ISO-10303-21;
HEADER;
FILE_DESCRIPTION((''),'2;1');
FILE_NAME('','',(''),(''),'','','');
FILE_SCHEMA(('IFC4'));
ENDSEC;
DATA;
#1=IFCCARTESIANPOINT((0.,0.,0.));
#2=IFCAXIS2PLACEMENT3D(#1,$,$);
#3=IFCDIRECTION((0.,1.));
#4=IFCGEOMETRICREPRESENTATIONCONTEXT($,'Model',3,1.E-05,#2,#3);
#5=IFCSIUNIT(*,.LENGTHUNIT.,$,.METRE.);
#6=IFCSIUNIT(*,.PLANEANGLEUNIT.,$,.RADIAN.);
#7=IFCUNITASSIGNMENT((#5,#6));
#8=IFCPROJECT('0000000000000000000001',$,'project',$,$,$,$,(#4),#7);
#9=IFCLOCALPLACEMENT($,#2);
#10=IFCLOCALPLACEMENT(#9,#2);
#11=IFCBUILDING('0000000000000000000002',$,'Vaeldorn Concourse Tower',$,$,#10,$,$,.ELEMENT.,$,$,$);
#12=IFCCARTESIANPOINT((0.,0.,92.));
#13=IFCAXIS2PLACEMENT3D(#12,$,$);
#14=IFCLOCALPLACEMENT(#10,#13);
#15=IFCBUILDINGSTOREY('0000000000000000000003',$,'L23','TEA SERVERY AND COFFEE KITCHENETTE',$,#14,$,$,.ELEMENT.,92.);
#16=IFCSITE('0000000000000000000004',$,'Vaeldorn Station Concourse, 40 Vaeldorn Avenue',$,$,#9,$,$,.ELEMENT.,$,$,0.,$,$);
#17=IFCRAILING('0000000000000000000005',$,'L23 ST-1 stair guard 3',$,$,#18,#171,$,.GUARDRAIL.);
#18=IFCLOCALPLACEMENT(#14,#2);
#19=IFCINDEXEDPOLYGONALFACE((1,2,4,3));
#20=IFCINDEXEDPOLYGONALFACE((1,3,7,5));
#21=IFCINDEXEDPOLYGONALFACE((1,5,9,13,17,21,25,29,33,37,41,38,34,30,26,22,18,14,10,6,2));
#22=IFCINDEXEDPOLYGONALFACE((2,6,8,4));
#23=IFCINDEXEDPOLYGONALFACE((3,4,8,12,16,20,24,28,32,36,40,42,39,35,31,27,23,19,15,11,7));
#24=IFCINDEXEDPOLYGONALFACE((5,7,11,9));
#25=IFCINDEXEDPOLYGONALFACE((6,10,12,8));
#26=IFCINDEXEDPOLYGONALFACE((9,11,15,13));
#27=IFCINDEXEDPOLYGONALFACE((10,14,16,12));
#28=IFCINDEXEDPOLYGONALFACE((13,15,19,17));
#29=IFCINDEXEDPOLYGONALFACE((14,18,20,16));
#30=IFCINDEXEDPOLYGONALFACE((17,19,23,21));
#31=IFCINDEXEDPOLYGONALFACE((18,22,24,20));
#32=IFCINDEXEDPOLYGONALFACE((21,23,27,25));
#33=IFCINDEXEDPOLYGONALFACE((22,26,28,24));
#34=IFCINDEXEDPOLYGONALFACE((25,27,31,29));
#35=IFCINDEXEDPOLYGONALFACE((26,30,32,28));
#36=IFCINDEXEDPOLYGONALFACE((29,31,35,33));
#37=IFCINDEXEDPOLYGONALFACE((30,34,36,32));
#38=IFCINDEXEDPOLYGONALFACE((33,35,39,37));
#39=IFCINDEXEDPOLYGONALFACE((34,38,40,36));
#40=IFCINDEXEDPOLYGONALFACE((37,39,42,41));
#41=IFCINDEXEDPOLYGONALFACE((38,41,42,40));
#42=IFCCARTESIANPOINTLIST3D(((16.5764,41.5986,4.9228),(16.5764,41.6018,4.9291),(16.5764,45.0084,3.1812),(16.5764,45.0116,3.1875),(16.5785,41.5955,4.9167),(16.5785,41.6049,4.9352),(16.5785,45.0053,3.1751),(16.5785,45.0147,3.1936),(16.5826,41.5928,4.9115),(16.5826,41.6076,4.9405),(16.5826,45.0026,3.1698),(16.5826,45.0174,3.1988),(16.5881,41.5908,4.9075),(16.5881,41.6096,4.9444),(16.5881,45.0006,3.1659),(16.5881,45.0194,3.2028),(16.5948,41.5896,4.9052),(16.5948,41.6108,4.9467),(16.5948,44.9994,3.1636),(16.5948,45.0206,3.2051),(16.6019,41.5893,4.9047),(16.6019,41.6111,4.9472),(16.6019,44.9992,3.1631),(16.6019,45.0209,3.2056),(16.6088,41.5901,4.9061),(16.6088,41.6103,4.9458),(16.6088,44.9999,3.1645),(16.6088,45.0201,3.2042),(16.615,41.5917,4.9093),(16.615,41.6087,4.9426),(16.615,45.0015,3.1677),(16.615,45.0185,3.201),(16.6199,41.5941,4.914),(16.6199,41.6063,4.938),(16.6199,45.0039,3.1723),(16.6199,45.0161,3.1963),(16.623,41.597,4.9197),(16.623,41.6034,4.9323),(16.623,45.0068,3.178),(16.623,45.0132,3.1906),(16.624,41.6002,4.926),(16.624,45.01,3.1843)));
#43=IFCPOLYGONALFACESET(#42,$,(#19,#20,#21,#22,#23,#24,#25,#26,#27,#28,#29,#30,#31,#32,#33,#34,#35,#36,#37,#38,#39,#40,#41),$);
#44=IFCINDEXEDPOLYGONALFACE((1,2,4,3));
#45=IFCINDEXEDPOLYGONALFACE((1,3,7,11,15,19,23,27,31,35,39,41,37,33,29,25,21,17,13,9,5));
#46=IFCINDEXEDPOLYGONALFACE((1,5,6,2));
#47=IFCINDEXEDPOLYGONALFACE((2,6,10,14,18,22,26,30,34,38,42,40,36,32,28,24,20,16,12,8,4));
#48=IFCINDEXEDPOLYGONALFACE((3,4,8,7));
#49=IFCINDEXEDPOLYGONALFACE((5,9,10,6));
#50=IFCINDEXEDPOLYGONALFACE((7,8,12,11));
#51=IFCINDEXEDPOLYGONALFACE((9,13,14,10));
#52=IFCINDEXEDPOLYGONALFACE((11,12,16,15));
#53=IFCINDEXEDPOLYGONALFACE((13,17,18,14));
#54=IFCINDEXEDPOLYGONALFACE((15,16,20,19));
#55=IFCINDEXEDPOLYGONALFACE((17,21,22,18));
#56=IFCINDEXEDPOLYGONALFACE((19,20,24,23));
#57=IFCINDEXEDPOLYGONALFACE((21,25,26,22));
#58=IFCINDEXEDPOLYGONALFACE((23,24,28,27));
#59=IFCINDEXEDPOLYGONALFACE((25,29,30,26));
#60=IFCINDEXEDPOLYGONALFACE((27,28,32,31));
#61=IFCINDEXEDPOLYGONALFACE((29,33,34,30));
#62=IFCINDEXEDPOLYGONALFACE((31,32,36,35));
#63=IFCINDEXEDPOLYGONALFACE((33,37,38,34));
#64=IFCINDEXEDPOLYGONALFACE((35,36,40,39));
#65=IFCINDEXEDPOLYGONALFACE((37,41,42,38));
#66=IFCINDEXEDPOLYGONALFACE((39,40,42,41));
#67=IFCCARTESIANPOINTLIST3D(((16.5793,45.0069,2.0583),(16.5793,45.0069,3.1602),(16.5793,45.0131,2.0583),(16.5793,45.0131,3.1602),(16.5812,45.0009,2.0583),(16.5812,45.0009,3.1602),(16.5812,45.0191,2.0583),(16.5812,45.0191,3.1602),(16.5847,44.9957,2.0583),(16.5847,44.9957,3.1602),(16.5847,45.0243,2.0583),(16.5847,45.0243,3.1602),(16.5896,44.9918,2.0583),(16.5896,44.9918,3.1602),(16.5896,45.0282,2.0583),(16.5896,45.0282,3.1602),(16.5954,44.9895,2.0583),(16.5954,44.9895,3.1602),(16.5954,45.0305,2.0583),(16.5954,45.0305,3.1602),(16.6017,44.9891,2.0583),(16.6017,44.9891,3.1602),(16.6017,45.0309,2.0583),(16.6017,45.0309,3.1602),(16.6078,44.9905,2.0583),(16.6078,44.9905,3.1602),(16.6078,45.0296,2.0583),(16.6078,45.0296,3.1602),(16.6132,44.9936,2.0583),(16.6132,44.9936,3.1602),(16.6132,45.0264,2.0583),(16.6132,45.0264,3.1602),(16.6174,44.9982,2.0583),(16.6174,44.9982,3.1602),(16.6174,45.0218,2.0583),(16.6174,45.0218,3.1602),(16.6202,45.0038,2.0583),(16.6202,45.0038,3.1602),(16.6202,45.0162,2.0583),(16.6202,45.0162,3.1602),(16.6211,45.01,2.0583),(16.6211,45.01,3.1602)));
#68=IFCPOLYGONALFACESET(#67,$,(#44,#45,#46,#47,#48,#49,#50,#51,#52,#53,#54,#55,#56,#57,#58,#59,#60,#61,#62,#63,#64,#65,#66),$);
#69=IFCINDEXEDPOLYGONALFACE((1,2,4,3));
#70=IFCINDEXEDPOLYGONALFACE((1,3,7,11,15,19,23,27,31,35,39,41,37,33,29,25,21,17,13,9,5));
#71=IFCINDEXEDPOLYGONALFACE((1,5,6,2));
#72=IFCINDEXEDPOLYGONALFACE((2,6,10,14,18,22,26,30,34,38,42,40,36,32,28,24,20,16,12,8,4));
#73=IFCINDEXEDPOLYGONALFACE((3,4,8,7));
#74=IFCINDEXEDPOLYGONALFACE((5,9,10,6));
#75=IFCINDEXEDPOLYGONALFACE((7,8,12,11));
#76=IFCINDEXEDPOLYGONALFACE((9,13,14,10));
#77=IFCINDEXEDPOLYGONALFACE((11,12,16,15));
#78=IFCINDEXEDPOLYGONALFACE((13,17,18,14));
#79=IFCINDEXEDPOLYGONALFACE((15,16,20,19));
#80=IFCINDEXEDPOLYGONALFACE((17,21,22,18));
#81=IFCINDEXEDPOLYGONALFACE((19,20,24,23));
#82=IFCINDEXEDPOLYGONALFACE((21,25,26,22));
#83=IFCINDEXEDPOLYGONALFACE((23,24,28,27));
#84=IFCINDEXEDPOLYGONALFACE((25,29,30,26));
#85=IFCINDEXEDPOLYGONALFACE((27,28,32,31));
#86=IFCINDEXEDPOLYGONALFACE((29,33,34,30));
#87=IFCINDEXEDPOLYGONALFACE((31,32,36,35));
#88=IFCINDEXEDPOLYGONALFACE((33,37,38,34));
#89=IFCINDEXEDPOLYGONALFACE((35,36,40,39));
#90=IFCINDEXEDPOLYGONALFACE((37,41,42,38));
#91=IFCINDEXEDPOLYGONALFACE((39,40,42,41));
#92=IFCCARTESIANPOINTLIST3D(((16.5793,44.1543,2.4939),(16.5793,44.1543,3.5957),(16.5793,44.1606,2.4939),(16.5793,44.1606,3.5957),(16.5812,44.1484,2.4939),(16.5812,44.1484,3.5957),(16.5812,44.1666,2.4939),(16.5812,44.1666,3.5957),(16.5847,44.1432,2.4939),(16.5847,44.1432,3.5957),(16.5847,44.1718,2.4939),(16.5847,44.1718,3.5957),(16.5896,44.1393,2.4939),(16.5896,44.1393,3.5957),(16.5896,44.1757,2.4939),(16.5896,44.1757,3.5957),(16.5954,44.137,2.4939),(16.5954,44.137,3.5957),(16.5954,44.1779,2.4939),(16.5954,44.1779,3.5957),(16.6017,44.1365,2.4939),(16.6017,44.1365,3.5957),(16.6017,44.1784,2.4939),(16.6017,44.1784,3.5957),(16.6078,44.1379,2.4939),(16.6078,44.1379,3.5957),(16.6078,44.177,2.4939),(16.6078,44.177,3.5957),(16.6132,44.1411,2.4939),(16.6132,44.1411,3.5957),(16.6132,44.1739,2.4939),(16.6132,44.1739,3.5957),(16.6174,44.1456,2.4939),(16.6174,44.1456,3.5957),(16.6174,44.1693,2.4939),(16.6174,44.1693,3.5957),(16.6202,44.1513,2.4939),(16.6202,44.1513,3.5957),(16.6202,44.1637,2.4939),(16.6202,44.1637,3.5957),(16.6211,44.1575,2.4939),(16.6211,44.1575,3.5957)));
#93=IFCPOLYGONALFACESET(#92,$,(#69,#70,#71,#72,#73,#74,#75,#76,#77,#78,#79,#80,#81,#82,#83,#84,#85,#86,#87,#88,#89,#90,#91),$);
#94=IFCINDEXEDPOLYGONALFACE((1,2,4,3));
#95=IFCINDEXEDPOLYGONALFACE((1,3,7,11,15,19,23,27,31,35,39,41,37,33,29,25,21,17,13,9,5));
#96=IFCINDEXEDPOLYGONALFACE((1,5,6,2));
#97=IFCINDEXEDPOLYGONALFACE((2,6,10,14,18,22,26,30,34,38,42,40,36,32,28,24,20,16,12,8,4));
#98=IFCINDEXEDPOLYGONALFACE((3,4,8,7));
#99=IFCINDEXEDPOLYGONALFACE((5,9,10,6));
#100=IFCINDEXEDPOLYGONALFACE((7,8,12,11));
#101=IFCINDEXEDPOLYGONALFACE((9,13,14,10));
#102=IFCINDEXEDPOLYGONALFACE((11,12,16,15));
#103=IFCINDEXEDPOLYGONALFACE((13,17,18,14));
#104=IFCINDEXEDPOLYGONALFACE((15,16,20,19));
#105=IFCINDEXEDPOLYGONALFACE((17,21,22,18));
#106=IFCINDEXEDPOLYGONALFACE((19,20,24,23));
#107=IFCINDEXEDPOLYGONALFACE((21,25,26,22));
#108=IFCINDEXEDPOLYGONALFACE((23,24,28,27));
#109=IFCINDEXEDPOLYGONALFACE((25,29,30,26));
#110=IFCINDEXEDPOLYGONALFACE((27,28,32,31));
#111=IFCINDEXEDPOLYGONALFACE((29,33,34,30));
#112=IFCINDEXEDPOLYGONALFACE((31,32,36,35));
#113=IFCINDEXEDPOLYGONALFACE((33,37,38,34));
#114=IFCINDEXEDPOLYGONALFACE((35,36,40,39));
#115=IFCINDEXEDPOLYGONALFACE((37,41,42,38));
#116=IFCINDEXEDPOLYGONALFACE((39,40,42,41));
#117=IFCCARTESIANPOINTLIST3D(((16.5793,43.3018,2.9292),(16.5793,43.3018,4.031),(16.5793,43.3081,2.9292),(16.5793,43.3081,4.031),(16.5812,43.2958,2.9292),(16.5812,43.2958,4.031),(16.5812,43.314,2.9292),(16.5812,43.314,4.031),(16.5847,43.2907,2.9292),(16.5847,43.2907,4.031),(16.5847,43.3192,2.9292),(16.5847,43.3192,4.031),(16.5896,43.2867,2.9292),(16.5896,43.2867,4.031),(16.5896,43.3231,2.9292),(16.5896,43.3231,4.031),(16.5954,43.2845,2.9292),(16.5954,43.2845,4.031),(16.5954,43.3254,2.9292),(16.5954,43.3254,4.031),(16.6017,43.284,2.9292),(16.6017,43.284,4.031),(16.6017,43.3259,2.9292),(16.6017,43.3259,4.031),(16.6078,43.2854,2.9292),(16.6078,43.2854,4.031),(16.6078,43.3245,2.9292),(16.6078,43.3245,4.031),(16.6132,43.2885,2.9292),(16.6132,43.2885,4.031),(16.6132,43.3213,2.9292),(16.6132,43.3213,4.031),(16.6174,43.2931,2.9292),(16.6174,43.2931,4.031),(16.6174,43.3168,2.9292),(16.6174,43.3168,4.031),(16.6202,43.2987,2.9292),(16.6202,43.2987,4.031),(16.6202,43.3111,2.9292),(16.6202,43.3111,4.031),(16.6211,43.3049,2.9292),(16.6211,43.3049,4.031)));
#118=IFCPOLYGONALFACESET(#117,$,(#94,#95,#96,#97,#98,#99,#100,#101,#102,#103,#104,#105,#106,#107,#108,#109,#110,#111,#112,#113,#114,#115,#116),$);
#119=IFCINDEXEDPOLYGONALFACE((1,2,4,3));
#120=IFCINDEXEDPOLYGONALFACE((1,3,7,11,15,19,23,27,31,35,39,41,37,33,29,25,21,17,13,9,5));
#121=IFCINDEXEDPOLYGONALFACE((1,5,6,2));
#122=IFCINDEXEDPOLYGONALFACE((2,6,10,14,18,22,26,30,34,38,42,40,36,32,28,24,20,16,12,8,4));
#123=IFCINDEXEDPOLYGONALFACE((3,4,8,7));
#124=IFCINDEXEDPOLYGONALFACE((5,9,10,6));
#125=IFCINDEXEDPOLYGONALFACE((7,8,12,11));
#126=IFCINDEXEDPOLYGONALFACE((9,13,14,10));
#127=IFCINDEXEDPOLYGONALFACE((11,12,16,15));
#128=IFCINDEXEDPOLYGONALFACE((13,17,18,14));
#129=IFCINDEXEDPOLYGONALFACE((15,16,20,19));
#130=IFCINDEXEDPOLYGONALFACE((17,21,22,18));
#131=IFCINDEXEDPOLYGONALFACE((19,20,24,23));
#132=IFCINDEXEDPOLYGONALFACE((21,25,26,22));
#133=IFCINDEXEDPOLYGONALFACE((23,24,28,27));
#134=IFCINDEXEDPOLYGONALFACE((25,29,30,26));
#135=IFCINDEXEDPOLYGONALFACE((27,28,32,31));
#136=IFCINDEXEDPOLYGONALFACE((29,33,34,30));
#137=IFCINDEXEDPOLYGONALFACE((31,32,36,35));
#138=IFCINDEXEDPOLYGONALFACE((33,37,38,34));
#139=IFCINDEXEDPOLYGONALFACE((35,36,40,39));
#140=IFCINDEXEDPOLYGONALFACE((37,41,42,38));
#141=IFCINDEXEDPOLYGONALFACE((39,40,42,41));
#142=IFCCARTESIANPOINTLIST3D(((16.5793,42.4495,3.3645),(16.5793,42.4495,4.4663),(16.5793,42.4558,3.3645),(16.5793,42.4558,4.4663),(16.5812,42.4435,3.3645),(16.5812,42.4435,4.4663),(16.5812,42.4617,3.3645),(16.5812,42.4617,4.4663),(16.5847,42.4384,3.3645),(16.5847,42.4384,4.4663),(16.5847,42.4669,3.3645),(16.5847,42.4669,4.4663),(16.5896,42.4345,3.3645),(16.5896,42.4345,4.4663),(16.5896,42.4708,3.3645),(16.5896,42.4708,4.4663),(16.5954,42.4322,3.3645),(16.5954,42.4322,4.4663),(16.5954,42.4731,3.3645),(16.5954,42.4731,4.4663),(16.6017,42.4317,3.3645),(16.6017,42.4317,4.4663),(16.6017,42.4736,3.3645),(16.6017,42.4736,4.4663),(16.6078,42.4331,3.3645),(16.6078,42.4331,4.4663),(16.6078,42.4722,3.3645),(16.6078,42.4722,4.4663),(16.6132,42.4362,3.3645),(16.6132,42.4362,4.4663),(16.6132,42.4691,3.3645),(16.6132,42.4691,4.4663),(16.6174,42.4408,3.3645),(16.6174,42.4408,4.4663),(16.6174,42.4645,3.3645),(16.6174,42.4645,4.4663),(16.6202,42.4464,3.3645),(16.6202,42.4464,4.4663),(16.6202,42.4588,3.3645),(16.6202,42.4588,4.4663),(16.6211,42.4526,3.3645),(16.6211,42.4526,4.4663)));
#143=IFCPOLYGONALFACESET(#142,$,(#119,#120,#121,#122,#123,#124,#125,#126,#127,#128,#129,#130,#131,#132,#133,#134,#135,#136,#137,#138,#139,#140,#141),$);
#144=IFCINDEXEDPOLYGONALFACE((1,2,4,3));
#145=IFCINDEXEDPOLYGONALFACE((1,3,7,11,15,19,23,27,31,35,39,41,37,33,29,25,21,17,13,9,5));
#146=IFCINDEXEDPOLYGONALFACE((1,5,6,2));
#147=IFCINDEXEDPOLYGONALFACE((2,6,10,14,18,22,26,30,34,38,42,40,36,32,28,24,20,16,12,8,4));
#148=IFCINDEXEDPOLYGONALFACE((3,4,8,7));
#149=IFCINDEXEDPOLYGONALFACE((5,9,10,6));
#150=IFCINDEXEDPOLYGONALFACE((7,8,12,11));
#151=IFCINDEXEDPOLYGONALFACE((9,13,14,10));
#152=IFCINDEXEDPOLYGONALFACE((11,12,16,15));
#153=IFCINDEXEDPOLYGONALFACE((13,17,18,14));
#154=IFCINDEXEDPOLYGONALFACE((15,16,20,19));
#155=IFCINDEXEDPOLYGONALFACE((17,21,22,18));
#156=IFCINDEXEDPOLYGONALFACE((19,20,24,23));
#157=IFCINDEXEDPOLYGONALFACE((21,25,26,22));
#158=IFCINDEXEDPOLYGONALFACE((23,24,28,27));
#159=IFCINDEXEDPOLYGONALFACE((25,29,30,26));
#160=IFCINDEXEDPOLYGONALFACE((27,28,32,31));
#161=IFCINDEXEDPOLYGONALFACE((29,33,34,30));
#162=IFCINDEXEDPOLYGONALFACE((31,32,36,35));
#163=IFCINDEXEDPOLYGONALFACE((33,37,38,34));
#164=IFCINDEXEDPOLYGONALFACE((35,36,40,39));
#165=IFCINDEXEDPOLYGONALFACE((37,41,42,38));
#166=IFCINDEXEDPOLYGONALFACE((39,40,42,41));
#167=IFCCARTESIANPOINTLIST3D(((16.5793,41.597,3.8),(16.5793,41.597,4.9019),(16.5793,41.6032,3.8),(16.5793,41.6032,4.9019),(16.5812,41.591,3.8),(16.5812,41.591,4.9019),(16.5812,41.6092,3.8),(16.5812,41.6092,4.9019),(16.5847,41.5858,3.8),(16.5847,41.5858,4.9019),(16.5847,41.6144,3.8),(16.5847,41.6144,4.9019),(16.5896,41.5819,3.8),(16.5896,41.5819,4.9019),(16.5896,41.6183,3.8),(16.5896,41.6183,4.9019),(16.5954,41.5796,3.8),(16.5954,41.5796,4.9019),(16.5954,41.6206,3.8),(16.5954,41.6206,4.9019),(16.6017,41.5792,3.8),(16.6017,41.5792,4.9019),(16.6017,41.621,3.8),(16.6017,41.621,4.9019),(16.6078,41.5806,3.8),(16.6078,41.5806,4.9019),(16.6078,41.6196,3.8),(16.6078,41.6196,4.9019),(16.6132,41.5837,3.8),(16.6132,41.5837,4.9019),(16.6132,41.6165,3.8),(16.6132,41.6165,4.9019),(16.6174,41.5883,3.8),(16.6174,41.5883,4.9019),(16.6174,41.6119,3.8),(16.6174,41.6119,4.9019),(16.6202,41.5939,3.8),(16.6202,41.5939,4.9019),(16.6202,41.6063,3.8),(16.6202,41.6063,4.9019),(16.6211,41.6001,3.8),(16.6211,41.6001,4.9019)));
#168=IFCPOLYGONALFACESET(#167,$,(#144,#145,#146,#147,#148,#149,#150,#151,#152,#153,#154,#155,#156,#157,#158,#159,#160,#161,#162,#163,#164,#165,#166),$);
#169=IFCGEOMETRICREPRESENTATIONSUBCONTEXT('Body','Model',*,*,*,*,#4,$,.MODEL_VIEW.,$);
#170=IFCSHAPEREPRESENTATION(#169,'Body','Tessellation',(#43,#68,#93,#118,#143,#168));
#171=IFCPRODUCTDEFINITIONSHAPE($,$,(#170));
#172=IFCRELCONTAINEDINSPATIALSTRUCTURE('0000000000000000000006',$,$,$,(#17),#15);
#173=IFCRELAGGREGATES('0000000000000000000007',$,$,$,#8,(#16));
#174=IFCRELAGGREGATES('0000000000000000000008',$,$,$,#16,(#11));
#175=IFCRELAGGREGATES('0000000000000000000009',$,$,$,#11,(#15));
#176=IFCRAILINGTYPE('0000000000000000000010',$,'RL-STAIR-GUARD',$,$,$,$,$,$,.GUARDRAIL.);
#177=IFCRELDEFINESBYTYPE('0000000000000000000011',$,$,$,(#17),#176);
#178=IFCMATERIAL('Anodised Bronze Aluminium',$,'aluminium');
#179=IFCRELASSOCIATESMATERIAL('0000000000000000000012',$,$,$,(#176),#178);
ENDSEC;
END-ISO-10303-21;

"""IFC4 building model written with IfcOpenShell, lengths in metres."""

from ifc_helpers import new_model, si_unit, direction, frame, origin, origin_2d, place, context, subcontext, project, spatial, circle, extrude, material, type_object, element, save


model = new_model("IFC4")

# Units and contexts
model_context = context("Model", 3, precision=1e-05, world=origin(), true_north=direction((0.0, 1.0)))
body_context = subcontext(model_context, "Body", "Model", "MODEL_VIEW")
ifc_project = project(units=[si_unit("LENGTHUNIT", "METRE"), si_unit("PLANEANGLEUNIT", "RADIAN")], contexts=[model_context])

# Site, building, storey
site_placement = place(None, origin())
site = spatial("IfcSite", under=ifc_project, at=site_placement, Name="Vaeldorn Station Concourse, 40 Vaeldorn Avenue", CompositionType="ELEMENT", RefElevation=0.0)
building_placement = place(site_placement, origin())
building = spatial("IfcBuilding", under=site, at=building_placement, Name="Vaeldorn Concourse Tower", CompositionType="ELEMENT")
storey_placement = place(building_placement, frame((0.0, 0.0, 92.0)))
storey = spatial("IfcBuildingStorey", under=building, at=storey_placement, Name="L23", Description="TEA SERVERY AND COFFEE KITCHENETTE", CompositionType="ELEMENT", Elevation=92.0)

# Shared definitions
ifc_material_1 = material(Name="Anodised Bronze Aluminium", Category="aluminium")

# Railing
railing_type_1 = type_object("IfcRailingType", Name="RL-STAIR-GUARD", PredefinedType="GUARDRAIL", material=ifc_material_1)
railing_1_placement = place(storey_placement, frame((16.6001, 45.01, 2.0583)))
element("IfcRailing", 1, at=railing_1_placement, inside=storey, type_object=railing_type_1, Name="L23 ST-1 stair guard 3", PredefinedType="GUARDRAIL", context=body_context, shape_type="SweptSolid", body=[
    extrude(circle(Radius=0.0239, at=origin_2d()), frame((0.0, 0.0, 1.126), z_axis=(0.0, -0.890556, 0.454874), x_axis=(1.0, 0.0, 0.0)), (0.0, 0.0, 1.0), 3.8289),
    extrude(circle(Radius=0.021, at=origin_2d()), origin(), (0.0, 0.0, 1.0), 1.1018),
    extrude(circle(Radius=0.021, at=origin_2d()), frame((0.0, -0.8525, 0.4355)), (0.0, 0.0, 1.0), 1.1018),
    extrude(circle(Radius=0.021, at=origin_2d()), frame((0.0, -1.7051, 0.8708)), (0.0, 0.0, 1.0), 1.1018),
    extrude(circle(Radius=0.021, at=origin_2d()), frame((0.0, -2.5574, 1.3062)), (0.0, 0.0, 1.0), 1.1018),
    extrude(circle(Radius=0.021, at=origin_2d()), frame((0.0, -3.4099, 1.7417)), (0.0, 0.0, 1.0), 1.1018),
])

save(model, "model.ifc")
